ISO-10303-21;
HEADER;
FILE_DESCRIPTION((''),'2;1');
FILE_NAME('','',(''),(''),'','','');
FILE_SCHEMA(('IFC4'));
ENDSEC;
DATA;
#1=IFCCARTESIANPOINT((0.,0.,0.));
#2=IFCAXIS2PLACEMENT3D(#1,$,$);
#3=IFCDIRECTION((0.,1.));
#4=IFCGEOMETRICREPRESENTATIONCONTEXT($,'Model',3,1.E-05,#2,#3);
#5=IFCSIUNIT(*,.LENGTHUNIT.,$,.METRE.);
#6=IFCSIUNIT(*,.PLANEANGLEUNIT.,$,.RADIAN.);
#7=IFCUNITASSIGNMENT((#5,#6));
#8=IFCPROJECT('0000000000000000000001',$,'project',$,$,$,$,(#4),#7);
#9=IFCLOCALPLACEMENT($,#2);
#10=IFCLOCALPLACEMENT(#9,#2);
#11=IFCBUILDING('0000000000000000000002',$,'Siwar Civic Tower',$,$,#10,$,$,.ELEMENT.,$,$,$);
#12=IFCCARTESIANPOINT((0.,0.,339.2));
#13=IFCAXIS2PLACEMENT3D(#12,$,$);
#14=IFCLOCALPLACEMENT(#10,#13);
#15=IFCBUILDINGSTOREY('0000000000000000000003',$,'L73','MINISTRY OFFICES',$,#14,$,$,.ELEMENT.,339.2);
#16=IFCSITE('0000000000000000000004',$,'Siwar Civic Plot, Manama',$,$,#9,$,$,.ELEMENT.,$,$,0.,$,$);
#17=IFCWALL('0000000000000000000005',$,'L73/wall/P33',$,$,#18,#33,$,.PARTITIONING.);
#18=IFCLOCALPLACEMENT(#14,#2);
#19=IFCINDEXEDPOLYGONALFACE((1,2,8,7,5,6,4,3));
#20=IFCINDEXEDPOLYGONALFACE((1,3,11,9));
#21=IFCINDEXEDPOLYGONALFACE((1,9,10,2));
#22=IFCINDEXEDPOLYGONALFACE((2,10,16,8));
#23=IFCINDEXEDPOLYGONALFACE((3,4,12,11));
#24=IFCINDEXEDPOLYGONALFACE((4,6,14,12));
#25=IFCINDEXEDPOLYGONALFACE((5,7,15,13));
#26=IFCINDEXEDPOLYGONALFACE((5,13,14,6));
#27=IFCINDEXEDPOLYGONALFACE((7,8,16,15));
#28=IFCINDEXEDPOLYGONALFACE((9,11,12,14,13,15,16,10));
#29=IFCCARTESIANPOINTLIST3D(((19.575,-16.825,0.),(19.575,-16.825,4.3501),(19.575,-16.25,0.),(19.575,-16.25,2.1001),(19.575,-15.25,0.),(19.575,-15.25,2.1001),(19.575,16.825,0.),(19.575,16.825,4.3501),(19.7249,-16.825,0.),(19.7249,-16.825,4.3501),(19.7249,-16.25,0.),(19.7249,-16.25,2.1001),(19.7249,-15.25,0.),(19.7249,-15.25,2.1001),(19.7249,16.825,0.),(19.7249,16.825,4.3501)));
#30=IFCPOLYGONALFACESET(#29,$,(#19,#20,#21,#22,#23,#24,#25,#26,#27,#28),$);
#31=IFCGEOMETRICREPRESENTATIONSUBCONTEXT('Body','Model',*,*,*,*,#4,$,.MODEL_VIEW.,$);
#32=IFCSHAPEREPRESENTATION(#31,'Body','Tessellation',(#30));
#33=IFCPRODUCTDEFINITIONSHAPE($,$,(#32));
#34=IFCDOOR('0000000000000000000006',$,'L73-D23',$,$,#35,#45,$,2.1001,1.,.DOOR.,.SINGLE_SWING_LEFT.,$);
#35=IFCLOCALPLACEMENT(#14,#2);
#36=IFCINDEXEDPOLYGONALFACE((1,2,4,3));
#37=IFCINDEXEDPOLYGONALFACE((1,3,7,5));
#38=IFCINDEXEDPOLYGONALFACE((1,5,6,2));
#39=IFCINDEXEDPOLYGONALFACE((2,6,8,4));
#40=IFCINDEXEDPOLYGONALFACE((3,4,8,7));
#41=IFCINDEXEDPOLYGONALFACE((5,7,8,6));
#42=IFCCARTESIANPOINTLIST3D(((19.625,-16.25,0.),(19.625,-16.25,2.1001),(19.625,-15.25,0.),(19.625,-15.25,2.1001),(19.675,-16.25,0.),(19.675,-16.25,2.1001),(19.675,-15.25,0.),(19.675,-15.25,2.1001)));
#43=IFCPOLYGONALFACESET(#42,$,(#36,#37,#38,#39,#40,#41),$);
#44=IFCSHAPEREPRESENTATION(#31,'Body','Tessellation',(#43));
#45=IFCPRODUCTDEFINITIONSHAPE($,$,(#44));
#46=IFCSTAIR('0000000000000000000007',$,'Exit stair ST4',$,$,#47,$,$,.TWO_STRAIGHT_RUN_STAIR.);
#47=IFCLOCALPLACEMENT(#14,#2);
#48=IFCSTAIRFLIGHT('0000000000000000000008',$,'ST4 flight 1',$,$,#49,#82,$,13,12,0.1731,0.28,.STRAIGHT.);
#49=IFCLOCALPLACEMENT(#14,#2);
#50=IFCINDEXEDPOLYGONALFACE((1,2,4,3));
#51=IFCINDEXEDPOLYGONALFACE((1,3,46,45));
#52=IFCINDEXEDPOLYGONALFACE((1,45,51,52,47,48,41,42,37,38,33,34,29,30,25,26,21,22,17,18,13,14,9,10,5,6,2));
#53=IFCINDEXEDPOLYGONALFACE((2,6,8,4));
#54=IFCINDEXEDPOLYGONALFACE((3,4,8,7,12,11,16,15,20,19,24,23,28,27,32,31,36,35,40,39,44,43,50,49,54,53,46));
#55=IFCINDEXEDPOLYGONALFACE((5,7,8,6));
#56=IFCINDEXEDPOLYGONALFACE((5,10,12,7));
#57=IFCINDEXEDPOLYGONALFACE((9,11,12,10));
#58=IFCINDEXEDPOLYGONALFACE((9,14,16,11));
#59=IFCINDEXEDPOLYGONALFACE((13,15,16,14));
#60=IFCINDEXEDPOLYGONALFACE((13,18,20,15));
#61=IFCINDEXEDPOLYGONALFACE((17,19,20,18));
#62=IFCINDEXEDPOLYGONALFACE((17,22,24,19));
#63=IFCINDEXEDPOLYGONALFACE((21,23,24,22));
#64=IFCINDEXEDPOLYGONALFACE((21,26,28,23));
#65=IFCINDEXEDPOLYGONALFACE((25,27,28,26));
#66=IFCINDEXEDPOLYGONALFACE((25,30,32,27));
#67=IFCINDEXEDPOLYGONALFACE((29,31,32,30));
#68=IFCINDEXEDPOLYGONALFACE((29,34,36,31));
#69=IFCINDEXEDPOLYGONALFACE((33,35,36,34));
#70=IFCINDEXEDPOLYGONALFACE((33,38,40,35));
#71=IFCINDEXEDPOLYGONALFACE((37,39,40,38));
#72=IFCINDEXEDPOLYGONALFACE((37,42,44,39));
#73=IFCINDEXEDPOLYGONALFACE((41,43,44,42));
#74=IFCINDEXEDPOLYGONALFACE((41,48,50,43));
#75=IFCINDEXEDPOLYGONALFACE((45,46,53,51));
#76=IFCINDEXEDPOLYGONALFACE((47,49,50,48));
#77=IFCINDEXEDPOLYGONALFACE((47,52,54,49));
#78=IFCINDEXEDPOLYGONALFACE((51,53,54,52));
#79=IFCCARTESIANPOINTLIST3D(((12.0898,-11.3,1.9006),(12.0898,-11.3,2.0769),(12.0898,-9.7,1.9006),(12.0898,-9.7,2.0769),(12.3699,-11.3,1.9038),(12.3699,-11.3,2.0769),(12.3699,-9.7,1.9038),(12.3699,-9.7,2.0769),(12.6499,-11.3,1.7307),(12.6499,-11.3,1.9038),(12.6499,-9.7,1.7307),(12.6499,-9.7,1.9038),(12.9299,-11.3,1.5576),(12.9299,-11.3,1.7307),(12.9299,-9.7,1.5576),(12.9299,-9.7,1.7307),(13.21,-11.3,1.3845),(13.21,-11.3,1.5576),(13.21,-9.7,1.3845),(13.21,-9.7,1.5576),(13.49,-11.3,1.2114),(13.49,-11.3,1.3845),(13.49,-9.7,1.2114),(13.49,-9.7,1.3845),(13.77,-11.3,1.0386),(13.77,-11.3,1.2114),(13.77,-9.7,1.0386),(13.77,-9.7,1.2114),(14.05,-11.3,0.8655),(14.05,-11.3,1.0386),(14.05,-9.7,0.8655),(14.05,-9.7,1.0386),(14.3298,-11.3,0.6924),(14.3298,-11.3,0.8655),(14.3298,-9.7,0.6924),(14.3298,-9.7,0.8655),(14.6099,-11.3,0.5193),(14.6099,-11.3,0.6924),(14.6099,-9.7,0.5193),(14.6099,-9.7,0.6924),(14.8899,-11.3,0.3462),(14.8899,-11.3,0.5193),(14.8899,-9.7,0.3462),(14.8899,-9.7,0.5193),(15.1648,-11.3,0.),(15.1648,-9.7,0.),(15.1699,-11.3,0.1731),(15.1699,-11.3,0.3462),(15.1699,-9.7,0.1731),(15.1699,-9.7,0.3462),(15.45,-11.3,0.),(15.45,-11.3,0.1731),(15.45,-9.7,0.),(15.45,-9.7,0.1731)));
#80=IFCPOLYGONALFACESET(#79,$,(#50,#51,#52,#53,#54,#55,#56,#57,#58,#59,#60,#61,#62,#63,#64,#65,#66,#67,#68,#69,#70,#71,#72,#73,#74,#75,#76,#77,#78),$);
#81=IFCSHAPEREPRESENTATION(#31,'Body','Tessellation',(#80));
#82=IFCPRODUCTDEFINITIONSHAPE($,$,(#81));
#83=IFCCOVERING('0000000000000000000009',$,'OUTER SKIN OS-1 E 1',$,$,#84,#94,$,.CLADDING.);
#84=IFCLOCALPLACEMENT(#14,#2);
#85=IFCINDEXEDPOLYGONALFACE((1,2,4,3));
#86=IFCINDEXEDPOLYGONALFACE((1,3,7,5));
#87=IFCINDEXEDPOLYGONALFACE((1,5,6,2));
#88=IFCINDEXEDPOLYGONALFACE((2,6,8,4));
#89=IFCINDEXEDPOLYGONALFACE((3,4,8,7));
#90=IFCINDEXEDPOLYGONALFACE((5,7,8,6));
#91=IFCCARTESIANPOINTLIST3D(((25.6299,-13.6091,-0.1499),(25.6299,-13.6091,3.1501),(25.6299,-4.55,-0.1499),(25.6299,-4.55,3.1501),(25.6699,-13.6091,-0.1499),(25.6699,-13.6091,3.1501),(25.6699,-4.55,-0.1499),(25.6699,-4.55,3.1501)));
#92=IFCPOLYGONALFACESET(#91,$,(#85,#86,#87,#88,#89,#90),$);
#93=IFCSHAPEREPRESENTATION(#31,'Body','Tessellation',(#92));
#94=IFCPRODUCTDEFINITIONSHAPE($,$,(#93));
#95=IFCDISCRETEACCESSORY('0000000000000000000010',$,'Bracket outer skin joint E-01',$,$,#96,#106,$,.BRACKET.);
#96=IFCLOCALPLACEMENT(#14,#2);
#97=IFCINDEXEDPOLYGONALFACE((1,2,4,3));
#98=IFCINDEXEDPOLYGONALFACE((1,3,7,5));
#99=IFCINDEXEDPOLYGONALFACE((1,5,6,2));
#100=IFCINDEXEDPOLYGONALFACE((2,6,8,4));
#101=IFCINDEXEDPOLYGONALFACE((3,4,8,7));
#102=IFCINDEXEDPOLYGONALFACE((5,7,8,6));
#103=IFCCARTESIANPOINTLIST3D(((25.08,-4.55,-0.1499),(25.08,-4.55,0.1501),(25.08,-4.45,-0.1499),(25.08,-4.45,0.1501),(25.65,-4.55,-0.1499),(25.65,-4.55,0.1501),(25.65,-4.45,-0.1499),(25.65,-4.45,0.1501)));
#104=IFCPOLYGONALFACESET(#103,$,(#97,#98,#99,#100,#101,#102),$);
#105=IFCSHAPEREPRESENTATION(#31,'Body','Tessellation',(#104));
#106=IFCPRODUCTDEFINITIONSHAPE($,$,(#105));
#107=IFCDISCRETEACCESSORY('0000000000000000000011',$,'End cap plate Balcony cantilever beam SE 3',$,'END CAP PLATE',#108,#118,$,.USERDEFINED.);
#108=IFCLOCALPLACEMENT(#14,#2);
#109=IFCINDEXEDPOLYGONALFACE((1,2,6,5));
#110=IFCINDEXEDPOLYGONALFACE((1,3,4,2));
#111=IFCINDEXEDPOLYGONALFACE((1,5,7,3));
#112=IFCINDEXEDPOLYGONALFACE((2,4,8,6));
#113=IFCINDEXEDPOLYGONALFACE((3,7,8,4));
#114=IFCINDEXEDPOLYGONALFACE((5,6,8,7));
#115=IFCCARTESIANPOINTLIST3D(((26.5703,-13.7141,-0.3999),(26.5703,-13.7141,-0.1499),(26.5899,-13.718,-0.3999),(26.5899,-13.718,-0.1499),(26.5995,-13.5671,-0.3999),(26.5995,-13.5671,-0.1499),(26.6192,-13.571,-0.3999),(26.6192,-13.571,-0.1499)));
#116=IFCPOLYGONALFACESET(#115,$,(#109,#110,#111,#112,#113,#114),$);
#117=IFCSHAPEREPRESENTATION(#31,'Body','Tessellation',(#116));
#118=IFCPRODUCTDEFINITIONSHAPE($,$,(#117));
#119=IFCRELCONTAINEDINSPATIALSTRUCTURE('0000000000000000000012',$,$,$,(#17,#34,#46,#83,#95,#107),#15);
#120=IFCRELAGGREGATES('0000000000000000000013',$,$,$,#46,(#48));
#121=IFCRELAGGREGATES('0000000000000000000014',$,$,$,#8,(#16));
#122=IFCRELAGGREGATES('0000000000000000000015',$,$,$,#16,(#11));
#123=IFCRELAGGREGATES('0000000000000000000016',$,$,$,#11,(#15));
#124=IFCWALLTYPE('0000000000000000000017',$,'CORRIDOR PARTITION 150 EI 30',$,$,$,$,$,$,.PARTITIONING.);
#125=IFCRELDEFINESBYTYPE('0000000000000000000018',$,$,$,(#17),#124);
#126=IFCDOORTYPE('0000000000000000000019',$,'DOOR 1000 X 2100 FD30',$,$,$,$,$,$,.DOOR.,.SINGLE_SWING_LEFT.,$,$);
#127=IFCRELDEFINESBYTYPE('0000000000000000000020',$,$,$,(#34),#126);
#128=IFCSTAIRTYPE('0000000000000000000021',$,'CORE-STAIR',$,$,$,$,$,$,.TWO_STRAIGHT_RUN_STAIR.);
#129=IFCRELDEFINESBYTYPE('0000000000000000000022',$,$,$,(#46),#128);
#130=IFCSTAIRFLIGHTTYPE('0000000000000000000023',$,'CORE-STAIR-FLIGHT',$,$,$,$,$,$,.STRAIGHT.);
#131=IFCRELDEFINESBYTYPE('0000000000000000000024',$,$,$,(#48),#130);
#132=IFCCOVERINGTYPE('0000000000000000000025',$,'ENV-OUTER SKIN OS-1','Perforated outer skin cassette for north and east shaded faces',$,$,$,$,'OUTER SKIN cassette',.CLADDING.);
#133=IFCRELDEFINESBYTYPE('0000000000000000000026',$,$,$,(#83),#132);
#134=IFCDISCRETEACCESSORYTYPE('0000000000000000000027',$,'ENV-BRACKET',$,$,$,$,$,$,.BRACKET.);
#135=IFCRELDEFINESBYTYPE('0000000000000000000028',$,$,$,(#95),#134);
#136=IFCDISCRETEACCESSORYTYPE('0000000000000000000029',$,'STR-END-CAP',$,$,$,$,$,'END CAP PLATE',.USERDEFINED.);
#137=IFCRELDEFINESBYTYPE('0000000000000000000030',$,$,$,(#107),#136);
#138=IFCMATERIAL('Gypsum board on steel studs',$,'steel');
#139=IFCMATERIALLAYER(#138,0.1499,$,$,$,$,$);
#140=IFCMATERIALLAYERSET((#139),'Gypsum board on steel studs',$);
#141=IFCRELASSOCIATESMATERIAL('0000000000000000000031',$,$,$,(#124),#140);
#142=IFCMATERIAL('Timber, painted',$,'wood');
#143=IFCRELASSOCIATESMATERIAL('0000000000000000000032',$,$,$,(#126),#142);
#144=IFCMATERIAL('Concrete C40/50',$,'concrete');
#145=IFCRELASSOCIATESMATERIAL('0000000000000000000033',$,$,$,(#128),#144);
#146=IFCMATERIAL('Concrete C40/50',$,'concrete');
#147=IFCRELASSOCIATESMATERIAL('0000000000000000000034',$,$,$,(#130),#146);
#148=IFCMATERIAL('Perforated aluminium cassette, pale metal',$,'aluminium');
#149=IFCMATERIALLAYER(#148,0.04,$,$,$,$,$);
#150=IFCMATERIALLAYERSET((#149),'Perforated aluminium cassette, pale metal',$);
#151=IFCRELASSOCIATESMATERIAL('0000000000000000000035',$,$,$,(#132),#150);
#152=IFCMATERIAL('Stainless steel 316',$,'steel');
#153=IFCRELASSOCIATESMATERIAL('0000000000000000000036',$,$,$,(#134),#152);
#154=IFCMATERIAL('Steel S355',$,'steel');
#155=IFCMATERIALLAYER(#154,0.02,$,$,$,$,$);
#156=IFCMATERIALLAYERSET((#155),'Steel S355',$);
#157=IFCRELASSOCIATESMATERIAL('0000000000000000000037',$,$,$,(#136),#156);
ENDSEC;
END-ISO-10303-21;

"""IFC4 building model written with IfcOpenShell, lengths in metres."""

from ifc_helpers import new_model, si_unit, direction, frame, frame_2d, origin, origin_2d, place, context, subcontext, project, spatial, polyline, rectangle, outline, extrude, material, layer, layer_set, type_object, element, fill, aggregate, save


model = new_model("IFC4")

# Units and contexts
model_context = context("Model", 3, precision=1e-05, world=origin(), true_north=direction((0.0, 1.0)))
body_context = subcontext(model_context, "Body", "Model", "MODEL_VIEW")
ifc_project = project(units=[si_unit("LENGTHUNIT", "METRE"), si_unit("PLANEANGLEUNIT", "RADIAN")], contexts=[model_context])

# Site, building, storey
site_placement = place(None, origin())
site = spatial("IfcSite", under=ifc_project, at=site_placement, Name="Siwar Civic Plot, Manama", CompositionType="ELEMENT", RefElevation=0.0)
building_placement = place(site_placement, origin())
building = spatial("IfcBuilding", under=site, at=building_placement, Name="Siwar Civic Tower", CompositionType="ELEMENT")
storey_placement = place(building_placement, frame((0.0, 0.0, 339.2)))
storey = spatial("IfcBuildingStorey", under=building, at=storey_placement, Name="L73", Description="MINISTRY OFFICES", CompositionType="ELEMENT", Elevation=339.2)

# Shared definitions
ifc_material_1 = material(Name="Gypsum board on steel studs", Category="steel")
ifc_layer_1 = layer(ifc_material_1, 0.1499)
ifc_layer_set_1 = layer_set([ifc_layer_1], Name="Gypsum board on steel studs")
wall_type_1 = type_object("IfcWallType", Name="CORRIDOR PARTITION 150 EI 30", PredefinedType="PARTITIONING", material=ifc_layer_set_1)

# Wall, opening, door
wall_1_placement = place(storey_placement, frame((19.6499, -16.825, 0.0), z_axis=(0.0, 0.0, 1.0), x_axis=(0.0, 1.0, 0.0)))
wall_1 = element("IfcWall", 1, at=wall_1_placement, inside=storey, type_object=wall_type_1, Name="L73/wall/P33", PredefinedType="PARTITIONING", context=body_context, shape_type="SweptSolid", body=[
    extrude(rectangle(XDim=33.6499, YDim=0.1499, at=frame_2d((16.825, 0.0))), origin(), (0.0, 0.0, 1.0), 4.3501),
])
opening_1_placement = place(wall_1_placement, frame((0.575, 0.0, 0.0)))
opening_1 = element("IfcOpeningElement", 2, at=opening_1_placement, cuts=wall_1, PredefinedType="OPENING", context=body_context, shape_type="SweptSolid", body=[
    extrude(rectangle(XDim=1.0, YDim=2.1001, at=frame_2d((0.5, 1.05))), frame((0.0, 0.085, 0.0), z_axis=(0.0, -1.0, 0.0), x_axis=(1.0, 0.0, 0.0)), (0.0, 0.0, 1.0), 0.1699),
])
ifc_material_2 = material(Name="Timber, painted", Category="wood")
door_type_1 = type_object("IfcDoorType", Name="DOOR 1000 X 2100 FD30", OperationType="SINGLE_SWING_LEFT", PredefinedType="DOOR", material=ifc_material_2)
door_1_placement = place(opening_1_placement, origin())
door_1 = element("IfcDoor", 3, at=door_1_placement, inside=storey, type_object=door_type_1, Name="L73-D23", OperationType="SINGLE_SWING_LEFT", OverallHeight=2.1001, OverallWidth=1.0, PredefinedType="DOOR", context=body_context, shape_type="SweptSolid", body=[
    extrude(rectangle(XDim=1.0, YDim=2.1001, at=frame_2d((0.5, 1.05))), frame((0.0, 0.0249, 0.0), z_axis=(0.0, -1.0, 0.0), x_axis=(1.0, 0.0, 0.0)), (0.0, 0.0, 1.0), 0.05),
])
fill(opening_1, door_1)

# Stair, stair flight
ifc_material_3 = material(Name="Concrete C40/50", Category="concrete")
stair_type = type_object("IfcStairType", Name="CORE-STAIR", PredefinedType="TWO_STRAIGHT_RUN_STAIR", material=ifc_material_3)
stair_placement = place(storey_placement, origin())
stair = element("IfcStair", 4, at=stair_placement, inside=storey, type_object=stair_type, Name="Exit stair ST4", PredefinedType="TWO_STRAIGHT_RUN_STAIR")
ifc_material_4 = material(Name="Concrete C40/50", Category="concrete")
stair_flight_type = type_object("IfcStairFlightType", Name="CORE-STAIR-FLIGHT", PredefinedType="STRAIGHT", material=ifc_material_4)
stair_flight_placement = place(storey_placement, frame((15.45, -10.5, 0.0), z_axis=(0.0, 0.0, 1.0), x_axis=(-1.0, 0.0, 0.0)))
stair_flight = element("IfcStairFlight", 5, at=stair_flight_placement, type_object=stair_flight_type, Name="ST4 flight 1", NumberOfRisers=13, NumberOfTreads=12, PredefinedType="STRAIGHT", RiserHeight=0.1731, TreadLength=0.28, context=body_context, shape_type="SweptSolid", body=[
    extrude(outline(polyline([(0.0, 0.0), (0.0, 0.1731), (0.28, 0.1731), (0.28, 0.3462), (0.5601, 0.3462), (0.5601, 0.5193), (0.8401, 0.5193), (0.8401, 0.6924), (1.1201, 0.6924), (1.1201, 0.8655), (1.3999, 0.8655), (1.3999, 1.0386), (1.6799, 1.0386), (1.6799, 1.2114), (1.96, 1.2114), (1.96, 1.3845), (2.24, 1.3845), (2.24, 1.5576), (2.52, 1.5576), (2.52, 1.7307), (2.8, 1.7307), (2.8, 1.9038), (3.0801, 1.9038), (3.0801, 2.0769), (3.3601, 2.0769), (3.3601, 2.25), (3.3601, 1.9006), (0.2852, 0.0), (0.0, 0.0)])), frame((0.0, 0.8, 0.0), z_axis=(0.0, -1.0, 0.0), x_axis=(1.0, 0.0, 0.0)), (0.0, 0.0, 1.0), 1.6001),
])
aggregate(stair, [stair_flight])

# Covering
ifc_material_5 = material(Name="Perforated aluminium cassette, pale metal", Category="aluminium")
ifc_layer_2 = layer(ifc_material_5, 0.04)
ifc_layer_set_2 = layer_set([ifc_layer_2], Name="Perforated aluminium cassette, pale metal")
covering_type = type_object("IfcCoveringType", Name="ENV-OUTER SKIN OS-1", Description="Perforated outer skin cassette for north and east shaded faces", ElementType="OUTER SKIN cassette", PredefinedType="CLADDING", material=ifc_layer_set_2)
covering_placement = place(storey_placement, frame((25.6499, -9.0796, -0.1499), z_axis=(0.0, 0.0, 1.0), x_axis=(0.0, 1.0, 0.0)))
element("IfcCovering", 6, at=covering_placement, inside=storey, type_object=covering_type, Name="OUTER SKIN OS-1 E 1", PredefinedType="CLADDING", context=body_context, shape_type="SweptSolid", body=[
    extrude(rectangle(XDim=9.0591, YDim=0.04, at=origin_2d()), origin(), (0.0, 0.0, 1.0), 3.3),
])

# Discrete accessories
ifc_material_6 = material(Name="Stainless steel 316", Category="steel")
discrete_accessory_type_1 = type_object("IfcDiscreteAccessoryType", Name="ENV-BRACKET", PredefinedType="BRACKET", material=ifc_material_6)
discrete_accessory_1_placement = place(storey_placement, frame((25.365, -4.5, -0.1499), z_axis=(0.0, 0.0, 1.0), x_axis=(1.0, 0.0, 0.0)))
element("IfcDiscreteAccessory", 7, at=discrete_accessory_1_placement, inside=storey, type_object=discrete_accessory_type_1, Name="Bracket outer skin joint E-01", PredefinedType="BRACKET", context=body_context, shape_type="SweptSolid", body=[
    extrude(rectangle(XDim=0.5701, YDim=0.1001, at=origin_2d()), origin(), (0.0, 0.0, 1.0), 0.3),
])
ifc_material_7 = material(Name="Steel S355", Category="steel")
ifc_layer_3 = layer(ifc_material_7, 0.02)
ifc_layer_set_3 = layer_set([ifc_layer_3], Name="Steel S355")
discrete_accessory_type_2 = type_object("IfcDiscreteAccessoryType", Name="STR-END-CAP", ElementType="END CAP PLATE", PredefinedType="USERDEFINED", material=ifc_layer_set_3)
discrete_accessory_2_placement = place(storey_placement, frame((26.5947, -13.6426, -0.3999), z_axis=(0.0, 0.0, 1.0), x_axis=(0.980785, -0.19509, 0.0)))
element("IfcDiscreteAccessory", 8, at=discrete_accessory_2_placement, inside=storey, type_object=discrete_accessory_type_2, Name="End cap plate Balcony cantilever beam SE 3", ObjectType="END CAP PLATE", PredefinedType="USERDEFINED", context=body_context, shape_type="SweptSolid", body=[
    extrude(rectangle(XDim=0.02, YDim=0.1499, at=origin_2d()), origin(), (0.0, 0.0, 1.0), 0.25),
])

save(model, "model.ifc")
